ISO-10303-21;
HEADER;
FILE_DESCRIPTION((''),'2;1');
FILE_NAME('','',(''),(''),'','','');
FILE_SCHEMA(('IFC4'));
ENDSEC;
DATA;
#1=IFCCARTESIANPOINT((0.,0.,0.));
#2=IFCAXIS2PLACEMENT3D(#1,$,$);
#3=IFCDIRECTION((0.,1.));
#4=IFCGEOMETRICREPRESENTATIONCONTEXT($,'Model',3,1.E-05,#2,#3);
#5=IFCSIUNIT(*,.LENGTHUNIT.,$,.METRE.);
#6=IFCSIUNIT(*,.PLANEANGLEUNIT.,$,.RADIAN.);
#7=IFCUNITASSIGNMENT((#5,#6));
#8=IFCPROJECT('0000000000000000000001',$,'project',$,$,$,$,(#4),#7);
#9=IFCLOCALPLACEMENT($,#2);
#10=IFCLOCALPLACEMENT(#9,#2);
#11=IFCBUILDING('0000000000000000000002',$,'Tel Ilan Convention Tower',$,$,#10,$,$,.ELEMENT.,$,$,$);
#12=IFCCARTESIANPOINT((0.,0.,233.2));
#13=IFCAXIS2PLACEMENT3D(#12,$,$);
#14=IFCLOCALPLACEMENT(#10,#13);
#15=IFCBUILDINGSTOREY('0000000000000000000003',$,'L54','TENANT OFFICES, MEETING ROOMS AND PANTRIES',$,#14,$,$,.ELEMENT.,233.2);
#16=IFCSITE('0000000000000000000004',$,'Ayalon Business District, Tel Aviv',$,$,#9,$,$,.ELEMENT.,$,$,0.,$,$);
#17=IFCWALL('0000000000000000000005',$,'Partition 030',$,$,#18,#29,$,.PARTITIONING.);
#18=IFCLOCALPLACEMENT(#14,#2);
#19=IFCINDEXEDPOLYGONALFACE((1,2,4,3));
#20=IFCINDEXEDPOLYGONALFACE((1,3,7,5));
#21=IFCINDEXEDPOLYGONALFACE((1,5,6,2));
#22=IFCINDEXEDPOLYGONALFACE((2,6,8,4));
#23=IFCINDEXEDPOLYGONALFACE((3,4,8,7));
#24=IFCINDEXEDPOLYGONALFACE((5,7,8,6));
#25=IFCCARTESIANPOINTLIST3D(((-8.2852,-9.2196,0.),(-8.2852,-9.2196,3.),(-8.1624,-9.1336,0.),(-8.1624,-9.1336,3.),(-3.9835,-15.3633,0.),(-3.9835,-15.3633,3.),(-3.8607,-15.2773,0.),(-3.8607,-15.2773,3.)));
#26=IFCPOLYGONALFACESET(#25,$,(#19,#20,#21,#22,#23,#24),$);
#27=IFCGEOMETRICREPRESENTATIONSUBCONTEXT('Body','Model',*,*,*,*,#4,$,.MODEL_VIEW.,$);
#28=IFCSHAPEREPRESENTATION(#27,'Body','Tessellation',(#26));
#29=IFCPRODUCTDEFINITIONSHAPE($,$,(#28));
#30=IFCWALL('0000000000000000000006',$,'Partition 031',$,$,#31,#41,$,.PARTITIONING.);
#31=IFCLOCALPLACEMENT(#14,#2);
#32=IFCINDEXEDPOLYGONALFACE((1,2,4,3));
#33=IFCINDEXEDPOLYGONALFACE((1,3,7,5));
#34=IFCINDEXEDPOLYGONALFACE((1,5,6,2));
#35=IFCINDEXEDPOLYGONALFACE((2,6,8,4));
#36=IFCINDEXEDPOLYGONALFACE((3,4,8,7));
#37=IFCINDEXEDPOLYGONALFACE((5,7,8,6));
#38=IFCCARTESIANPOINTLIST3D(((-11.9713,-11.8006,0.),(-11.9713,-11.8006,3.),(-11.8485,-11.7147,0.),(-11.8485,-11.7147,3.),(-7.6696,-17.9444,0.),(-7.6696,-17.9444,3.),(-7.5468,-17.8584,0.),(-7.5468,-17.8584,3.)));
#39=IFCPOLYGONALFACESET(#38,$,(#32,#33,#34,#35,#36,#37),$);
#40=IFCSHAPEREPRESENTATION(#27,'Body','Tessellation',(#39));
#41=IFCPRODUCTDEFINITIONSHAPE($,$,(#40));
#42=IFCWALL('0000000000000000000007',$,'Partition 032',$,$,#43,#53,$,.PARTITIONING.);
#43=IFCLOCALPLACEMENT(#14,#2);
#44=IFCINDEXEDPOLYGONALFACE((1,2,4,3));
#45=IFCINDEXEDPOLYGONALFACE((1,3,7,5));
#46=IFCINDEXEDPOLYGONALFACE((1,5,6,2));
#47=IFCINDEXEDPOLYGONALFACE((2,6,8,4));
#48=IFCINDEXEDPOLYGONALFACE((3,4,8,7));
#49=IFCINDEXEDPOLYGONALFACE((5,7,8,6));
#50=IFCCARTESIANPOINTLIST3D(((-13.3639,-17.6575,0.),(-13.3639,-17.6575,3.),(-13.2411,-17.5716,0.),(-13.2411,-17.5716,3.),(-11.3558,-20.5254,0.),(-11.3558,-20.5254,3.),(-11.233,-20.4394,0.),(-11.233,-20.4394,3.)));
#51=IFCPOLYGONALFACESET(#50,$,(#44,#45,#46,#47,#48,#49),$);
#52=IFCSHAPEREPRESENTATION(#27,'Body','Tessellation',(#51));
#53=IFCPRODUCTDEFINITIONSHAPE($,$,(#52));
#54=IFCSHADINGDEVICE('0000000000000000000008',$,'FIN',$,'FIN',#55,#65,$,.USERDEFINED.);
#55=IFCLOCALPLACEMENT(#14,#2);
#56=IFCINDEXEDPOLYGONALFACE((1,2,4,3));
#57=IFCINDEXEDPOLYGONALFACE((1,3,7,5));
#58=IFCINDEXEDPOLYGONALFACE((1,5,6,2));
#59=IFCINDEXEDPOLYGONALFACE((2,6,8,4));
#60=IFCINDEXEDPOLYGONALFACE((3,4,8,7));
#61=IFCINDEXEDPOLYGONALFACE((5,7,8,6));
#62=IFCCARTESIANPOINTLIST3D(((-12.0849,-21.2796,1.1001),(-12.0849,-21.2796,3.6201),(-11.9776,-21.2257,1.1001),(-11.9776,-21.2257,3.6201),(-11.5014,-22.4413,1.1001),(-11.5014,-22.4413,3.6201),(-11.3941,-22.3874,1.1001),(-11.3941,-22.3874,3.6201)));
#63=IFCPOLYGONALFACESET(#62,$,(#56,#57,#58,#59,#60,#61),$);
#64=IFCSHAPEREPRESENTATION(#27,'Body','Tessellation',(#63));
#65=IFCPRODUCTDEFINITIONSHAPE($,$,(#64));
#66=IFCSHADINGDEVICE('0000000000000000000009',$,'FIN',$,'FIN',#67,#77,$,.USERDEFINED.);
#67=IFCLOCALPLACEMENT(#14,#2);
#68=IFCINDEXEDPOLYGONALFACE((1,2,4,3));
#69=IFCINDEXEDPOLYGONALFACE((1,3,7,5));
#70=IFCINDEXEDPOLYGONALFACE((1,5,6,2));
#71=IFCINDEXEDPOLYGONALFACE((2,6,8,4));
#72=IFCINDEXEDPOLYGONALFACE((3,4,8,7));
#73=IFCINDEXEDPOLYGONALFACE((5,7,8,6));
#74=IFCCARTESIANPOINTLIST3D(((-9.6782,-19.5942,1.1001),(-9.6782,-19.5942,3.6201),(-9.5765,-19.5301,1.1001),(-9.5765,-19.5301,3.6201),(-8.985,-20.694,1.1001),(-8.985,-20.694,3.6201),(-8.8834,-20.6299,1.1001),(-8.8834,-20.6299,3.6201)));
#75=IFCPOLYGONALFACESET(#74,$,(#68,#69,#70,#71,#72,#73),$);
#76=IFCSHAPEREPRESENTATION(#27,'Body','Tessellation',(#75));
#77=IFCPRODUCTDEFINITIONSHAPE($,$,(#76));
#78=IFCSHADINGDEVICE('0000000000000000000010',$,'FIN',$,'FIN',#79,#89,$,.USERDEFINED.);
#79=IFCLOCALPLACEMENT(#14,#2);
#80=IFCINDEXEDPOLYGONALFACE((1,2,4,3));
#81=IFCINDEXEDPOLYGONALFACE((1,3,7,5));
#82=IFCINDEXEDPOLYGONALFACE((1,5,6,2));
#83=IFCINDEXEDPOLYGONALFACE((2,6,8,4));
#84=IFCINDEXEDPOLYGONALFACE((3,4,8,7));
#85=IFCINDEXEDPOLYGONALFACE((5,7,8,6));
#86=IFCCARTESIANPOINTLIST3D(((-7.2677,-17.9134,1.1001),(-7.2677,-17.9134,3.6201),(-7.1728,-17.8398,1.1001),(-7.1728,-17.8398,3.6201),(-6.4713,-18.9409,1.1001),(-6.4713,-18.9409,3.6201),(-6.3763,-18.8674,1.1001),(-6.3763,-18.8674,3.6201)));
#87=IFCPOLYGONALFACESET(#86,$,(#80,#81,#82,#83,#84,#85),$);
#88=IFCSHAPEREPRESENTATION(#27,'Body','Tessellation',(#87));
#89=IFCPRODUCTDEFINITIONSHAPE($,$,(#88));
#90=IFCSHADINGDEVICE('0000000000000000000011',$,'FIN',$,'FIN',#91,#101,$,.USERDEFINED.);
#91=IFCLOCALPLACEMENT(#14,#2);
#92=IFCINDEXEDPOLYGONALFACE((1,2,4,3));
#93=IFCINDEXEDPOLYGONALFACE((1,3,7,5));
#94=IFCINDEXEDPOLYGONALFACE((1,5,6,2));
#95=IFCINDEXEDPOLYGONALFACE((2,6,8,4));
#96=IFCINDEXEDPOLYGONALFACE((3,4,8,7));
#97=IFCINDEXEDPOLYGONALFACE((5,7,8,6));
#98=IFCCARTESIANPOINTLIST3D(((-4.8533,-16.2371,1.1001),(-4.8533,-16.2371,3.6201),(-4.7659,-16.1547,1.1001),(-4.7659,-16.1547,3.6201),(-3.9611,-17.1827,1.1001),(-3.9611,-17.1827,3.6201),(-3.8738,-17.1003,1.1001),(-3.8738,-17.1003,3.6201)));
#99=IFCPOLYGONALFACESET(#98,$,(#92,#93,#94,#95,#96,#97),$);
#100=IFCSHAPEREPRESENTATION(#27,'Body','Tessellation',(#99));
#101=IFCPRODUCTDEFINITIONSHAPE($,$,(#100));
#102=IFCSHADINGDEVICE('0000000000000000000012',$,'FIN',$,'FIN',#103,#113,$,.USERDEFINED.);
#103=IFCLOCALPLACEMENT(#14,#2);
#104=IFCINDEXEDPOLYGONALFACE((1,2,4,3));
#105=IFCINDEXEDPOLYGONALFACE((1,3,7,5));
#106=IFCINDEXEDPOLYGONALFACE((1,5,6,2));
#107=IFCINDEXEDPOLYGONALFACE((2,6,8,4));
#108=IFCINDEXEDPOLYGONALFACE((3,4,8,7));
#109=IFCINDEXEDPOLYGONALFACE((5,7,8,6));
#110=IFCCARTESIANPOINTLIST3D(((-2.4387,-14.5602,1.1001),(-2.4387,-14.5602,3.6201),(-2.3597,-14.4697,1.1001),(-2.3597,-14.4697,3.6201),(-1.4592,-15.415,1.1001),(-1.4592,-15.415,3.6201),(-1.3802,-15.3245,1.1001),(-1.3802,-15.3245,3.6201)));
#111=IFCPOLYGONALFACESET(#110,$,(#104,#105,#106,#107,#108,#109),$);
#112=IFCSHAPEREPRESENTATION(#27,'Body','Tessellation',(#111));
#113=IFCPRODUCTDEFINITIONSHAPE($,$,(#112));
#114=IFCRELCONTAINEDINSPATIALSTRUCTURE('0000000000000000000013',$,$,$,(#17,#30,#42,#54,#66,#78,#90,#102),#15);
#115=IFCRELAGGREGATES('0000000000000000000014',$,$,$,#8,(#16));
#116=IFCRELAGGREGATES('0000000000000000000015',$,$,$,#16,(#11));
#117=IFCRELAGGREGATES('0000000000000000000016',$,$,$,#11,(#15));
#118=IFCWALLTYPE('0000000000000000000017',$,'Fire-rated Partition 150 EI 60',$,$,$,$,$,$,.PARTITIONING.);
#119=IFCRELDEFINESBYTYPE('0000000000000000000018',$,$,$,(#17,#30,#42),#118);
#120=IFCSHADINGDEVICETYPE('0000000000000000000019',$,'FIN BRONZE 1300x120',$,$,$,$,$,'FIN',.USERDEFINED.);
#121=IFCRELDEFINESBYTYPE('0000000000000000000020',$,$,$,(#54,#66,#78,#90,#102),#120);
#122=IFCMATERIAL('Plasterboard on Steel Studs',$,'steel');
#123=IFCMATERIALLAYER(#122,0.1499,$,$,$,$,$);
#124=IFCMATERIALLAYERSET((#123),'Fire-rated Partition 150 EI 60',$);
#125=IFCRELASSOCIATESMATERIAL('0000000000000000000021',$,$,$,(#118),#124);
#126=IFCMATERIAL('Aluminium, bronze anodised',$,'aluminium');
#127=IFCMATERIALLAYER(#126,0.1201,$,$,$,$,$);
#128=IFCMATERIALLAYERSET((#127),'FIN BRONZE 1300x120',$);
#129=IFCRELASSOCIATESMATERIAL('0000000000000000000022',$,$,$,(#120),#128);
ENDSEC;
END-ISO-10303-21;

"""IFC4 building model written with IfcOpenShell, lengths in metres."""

from ifc_helpers import new_model, si_unit, direction, frame, frame_2d, origin, origin_2d, place, context, subcontext, project, spatial, rectangle, extrude, material, layer, layer_set, type_object, element, save


model = new_model("IFC4")

# Units and contexts
model_context = context("Model", 3, precision=1e-05, world=origin(), true_north=direction((0.0, 1.0)))
body_context = subcontext(model_context, "Body", "Model", "MODEL_VIEW")
ifc_project = project(units=[si_unit("LENGTHUNIT", "METRE"), si_unit("PLANEANGLEUNIT", "RADIAN")], contexts=[model_context])

# Site, building, storey
site_placement = place(None, origin())
site = spatial("IfcSite", under=ifc_project, at=site_placement, Name="Ayalon Business District, Tel Aviv", CompositionType="ELEMENT", RefElevation=0.0)
building_placement = place(site_placement, origin())
building = spatial("IfcBuilding", under=site, at=building_placement, Name="Tel Ilan Convention Tower", CompositionType="ELEMENT")
storey_placement = place(building_placement, frame((0.0, 0.0, 233.2)))
storey = spatial("IfcBuildingStorey", under=building, at=storey_placement, Name="L54", Description="TENANT OFFICES, MEETING ROOMS AND PANTRIES", CompositionType="ELEMENT", Elevation=233.2)

# Walls
ifc_material_1 = material(Name="Plasterboard on Steel Studs", Category="steel")
ifc_layer_1 = layer(ifc_material_1, 0.1499)
ifc_layer_set_1 = layer_set([ifc_layer_1], Name="Fire-rated Partition 150 EI 60")
wall_type = type_object("IfcWallType", Name="Fire-rated Partition 150 EI 60", PredefinedType="PARTITIONING", material=ifc_layer_set_1)
for number, where, z_axis, x_axis, name in (
    (1, (-3.9221, -15.3203, 0.0), (0.0, 0.0, 1.0), (-0.573561, 0.819163, 0.0), "Partition 030"),
    (2, (-7.6082, -17.9014, 0.0), (0.0, 0.0, 1.0), (-0.573561, 0.819163, 0.0), "Partition 031"),
):
    element("IfcWall", number, at=place(storey_placement, frame(where, z_axis=z_axis, x_axis=x_axis)), inside=storey, type_object=wall_type, Name=name, PredefinedType="PARTITIONING", context=body_context, shape_type="SweptSolid", body=[
        extrude(rectangle(XDim=7.5, YDim=0.1499, at=frame_2d((3.75, 0.0))), origin(), (0.0, 0.0, 1.0), 3.0),
    ])
wall_placement = place(storey_placement, frame((-11.2944, -20.4824, 0.0), z_axis=(0.0, 0.0, 1.0), x_axis=(-0.573561, 0.819163, 0.0)))
element("IfcWall", 3, at=wall_placement, inside=storey, type_object=wall_type, Name="Partition 032", PredefinedType="PARTITIONING", context=body_context, shape_type="SweptSolid", body=[
    extrude(rectangle(XDim=3.501, YDim=0.1499, at=frame_2d((1.7505, 0.0))), origin(), (0.0, 0.0, 1.0), 3.0),
])

# Shading devices
ifc_material_2 = material(Name="Aluminium, bronze anodised", Category="aluminium")
ifc_layer_2 = layer(ifc_material_2, 0.1201)
ifc_layer_set_2 = layer_set([ifc_layer_2], Name="FIN BRONZE 1300x120")
shading_device_type = type_object("IfcShadingDeviceType", Name="FIN BRONZE 1300x120", ElementType="FIN", PredefinedType="USERDEFINED", material=ifc_layer_set_2)
for number, where, z_axis, x_axis, name in (
    (4, (-11.7395, -21.8335, 1.1001), (0.0, 0.0, 1.0), (0.448799, -0.893633, 0.0), "FIN"),
    (5, (-9.2808, -20.1121, 1.1001), (0.0, 0.0, 1.0), (0.533204, -0.845986, 0.0), "FIN"),
    (6, (-6.822, -18.3904, 1.1001), (0.0, 0.0, 1.0), (0.612601, -0.790393, 0.0), "FIN"),
    (7, (-4.3635, -16.6687, 1.1001), (0.0, 0.0, 1.0), (0.686242, -0.727374, 0.0), "FIN"),
    (8, (-1.9094, -14.9424, 1.1001), (0.0, 0.0, 1.0), (0.753436, -0.657521, 0.0), "FIN"),
):
    element("IfcShadingDevice", number, at=place(storey_placement, frame(where, z_axis=z_axis, x_axis=x_axis)), inside=storey, type_object=shading_device_type, Name=name, ObjectType="FIN", PredefinedType="USERDEFINED", context=body_context, shape_type="SweptSolid", body=[
        extrude(rectangle(XDim=1.3, YDim=0.1201, at=origin_2d()), origin(), (0.0, 0.0, 1.0), 2.52),
    ])

save(model, "model.ifc")
